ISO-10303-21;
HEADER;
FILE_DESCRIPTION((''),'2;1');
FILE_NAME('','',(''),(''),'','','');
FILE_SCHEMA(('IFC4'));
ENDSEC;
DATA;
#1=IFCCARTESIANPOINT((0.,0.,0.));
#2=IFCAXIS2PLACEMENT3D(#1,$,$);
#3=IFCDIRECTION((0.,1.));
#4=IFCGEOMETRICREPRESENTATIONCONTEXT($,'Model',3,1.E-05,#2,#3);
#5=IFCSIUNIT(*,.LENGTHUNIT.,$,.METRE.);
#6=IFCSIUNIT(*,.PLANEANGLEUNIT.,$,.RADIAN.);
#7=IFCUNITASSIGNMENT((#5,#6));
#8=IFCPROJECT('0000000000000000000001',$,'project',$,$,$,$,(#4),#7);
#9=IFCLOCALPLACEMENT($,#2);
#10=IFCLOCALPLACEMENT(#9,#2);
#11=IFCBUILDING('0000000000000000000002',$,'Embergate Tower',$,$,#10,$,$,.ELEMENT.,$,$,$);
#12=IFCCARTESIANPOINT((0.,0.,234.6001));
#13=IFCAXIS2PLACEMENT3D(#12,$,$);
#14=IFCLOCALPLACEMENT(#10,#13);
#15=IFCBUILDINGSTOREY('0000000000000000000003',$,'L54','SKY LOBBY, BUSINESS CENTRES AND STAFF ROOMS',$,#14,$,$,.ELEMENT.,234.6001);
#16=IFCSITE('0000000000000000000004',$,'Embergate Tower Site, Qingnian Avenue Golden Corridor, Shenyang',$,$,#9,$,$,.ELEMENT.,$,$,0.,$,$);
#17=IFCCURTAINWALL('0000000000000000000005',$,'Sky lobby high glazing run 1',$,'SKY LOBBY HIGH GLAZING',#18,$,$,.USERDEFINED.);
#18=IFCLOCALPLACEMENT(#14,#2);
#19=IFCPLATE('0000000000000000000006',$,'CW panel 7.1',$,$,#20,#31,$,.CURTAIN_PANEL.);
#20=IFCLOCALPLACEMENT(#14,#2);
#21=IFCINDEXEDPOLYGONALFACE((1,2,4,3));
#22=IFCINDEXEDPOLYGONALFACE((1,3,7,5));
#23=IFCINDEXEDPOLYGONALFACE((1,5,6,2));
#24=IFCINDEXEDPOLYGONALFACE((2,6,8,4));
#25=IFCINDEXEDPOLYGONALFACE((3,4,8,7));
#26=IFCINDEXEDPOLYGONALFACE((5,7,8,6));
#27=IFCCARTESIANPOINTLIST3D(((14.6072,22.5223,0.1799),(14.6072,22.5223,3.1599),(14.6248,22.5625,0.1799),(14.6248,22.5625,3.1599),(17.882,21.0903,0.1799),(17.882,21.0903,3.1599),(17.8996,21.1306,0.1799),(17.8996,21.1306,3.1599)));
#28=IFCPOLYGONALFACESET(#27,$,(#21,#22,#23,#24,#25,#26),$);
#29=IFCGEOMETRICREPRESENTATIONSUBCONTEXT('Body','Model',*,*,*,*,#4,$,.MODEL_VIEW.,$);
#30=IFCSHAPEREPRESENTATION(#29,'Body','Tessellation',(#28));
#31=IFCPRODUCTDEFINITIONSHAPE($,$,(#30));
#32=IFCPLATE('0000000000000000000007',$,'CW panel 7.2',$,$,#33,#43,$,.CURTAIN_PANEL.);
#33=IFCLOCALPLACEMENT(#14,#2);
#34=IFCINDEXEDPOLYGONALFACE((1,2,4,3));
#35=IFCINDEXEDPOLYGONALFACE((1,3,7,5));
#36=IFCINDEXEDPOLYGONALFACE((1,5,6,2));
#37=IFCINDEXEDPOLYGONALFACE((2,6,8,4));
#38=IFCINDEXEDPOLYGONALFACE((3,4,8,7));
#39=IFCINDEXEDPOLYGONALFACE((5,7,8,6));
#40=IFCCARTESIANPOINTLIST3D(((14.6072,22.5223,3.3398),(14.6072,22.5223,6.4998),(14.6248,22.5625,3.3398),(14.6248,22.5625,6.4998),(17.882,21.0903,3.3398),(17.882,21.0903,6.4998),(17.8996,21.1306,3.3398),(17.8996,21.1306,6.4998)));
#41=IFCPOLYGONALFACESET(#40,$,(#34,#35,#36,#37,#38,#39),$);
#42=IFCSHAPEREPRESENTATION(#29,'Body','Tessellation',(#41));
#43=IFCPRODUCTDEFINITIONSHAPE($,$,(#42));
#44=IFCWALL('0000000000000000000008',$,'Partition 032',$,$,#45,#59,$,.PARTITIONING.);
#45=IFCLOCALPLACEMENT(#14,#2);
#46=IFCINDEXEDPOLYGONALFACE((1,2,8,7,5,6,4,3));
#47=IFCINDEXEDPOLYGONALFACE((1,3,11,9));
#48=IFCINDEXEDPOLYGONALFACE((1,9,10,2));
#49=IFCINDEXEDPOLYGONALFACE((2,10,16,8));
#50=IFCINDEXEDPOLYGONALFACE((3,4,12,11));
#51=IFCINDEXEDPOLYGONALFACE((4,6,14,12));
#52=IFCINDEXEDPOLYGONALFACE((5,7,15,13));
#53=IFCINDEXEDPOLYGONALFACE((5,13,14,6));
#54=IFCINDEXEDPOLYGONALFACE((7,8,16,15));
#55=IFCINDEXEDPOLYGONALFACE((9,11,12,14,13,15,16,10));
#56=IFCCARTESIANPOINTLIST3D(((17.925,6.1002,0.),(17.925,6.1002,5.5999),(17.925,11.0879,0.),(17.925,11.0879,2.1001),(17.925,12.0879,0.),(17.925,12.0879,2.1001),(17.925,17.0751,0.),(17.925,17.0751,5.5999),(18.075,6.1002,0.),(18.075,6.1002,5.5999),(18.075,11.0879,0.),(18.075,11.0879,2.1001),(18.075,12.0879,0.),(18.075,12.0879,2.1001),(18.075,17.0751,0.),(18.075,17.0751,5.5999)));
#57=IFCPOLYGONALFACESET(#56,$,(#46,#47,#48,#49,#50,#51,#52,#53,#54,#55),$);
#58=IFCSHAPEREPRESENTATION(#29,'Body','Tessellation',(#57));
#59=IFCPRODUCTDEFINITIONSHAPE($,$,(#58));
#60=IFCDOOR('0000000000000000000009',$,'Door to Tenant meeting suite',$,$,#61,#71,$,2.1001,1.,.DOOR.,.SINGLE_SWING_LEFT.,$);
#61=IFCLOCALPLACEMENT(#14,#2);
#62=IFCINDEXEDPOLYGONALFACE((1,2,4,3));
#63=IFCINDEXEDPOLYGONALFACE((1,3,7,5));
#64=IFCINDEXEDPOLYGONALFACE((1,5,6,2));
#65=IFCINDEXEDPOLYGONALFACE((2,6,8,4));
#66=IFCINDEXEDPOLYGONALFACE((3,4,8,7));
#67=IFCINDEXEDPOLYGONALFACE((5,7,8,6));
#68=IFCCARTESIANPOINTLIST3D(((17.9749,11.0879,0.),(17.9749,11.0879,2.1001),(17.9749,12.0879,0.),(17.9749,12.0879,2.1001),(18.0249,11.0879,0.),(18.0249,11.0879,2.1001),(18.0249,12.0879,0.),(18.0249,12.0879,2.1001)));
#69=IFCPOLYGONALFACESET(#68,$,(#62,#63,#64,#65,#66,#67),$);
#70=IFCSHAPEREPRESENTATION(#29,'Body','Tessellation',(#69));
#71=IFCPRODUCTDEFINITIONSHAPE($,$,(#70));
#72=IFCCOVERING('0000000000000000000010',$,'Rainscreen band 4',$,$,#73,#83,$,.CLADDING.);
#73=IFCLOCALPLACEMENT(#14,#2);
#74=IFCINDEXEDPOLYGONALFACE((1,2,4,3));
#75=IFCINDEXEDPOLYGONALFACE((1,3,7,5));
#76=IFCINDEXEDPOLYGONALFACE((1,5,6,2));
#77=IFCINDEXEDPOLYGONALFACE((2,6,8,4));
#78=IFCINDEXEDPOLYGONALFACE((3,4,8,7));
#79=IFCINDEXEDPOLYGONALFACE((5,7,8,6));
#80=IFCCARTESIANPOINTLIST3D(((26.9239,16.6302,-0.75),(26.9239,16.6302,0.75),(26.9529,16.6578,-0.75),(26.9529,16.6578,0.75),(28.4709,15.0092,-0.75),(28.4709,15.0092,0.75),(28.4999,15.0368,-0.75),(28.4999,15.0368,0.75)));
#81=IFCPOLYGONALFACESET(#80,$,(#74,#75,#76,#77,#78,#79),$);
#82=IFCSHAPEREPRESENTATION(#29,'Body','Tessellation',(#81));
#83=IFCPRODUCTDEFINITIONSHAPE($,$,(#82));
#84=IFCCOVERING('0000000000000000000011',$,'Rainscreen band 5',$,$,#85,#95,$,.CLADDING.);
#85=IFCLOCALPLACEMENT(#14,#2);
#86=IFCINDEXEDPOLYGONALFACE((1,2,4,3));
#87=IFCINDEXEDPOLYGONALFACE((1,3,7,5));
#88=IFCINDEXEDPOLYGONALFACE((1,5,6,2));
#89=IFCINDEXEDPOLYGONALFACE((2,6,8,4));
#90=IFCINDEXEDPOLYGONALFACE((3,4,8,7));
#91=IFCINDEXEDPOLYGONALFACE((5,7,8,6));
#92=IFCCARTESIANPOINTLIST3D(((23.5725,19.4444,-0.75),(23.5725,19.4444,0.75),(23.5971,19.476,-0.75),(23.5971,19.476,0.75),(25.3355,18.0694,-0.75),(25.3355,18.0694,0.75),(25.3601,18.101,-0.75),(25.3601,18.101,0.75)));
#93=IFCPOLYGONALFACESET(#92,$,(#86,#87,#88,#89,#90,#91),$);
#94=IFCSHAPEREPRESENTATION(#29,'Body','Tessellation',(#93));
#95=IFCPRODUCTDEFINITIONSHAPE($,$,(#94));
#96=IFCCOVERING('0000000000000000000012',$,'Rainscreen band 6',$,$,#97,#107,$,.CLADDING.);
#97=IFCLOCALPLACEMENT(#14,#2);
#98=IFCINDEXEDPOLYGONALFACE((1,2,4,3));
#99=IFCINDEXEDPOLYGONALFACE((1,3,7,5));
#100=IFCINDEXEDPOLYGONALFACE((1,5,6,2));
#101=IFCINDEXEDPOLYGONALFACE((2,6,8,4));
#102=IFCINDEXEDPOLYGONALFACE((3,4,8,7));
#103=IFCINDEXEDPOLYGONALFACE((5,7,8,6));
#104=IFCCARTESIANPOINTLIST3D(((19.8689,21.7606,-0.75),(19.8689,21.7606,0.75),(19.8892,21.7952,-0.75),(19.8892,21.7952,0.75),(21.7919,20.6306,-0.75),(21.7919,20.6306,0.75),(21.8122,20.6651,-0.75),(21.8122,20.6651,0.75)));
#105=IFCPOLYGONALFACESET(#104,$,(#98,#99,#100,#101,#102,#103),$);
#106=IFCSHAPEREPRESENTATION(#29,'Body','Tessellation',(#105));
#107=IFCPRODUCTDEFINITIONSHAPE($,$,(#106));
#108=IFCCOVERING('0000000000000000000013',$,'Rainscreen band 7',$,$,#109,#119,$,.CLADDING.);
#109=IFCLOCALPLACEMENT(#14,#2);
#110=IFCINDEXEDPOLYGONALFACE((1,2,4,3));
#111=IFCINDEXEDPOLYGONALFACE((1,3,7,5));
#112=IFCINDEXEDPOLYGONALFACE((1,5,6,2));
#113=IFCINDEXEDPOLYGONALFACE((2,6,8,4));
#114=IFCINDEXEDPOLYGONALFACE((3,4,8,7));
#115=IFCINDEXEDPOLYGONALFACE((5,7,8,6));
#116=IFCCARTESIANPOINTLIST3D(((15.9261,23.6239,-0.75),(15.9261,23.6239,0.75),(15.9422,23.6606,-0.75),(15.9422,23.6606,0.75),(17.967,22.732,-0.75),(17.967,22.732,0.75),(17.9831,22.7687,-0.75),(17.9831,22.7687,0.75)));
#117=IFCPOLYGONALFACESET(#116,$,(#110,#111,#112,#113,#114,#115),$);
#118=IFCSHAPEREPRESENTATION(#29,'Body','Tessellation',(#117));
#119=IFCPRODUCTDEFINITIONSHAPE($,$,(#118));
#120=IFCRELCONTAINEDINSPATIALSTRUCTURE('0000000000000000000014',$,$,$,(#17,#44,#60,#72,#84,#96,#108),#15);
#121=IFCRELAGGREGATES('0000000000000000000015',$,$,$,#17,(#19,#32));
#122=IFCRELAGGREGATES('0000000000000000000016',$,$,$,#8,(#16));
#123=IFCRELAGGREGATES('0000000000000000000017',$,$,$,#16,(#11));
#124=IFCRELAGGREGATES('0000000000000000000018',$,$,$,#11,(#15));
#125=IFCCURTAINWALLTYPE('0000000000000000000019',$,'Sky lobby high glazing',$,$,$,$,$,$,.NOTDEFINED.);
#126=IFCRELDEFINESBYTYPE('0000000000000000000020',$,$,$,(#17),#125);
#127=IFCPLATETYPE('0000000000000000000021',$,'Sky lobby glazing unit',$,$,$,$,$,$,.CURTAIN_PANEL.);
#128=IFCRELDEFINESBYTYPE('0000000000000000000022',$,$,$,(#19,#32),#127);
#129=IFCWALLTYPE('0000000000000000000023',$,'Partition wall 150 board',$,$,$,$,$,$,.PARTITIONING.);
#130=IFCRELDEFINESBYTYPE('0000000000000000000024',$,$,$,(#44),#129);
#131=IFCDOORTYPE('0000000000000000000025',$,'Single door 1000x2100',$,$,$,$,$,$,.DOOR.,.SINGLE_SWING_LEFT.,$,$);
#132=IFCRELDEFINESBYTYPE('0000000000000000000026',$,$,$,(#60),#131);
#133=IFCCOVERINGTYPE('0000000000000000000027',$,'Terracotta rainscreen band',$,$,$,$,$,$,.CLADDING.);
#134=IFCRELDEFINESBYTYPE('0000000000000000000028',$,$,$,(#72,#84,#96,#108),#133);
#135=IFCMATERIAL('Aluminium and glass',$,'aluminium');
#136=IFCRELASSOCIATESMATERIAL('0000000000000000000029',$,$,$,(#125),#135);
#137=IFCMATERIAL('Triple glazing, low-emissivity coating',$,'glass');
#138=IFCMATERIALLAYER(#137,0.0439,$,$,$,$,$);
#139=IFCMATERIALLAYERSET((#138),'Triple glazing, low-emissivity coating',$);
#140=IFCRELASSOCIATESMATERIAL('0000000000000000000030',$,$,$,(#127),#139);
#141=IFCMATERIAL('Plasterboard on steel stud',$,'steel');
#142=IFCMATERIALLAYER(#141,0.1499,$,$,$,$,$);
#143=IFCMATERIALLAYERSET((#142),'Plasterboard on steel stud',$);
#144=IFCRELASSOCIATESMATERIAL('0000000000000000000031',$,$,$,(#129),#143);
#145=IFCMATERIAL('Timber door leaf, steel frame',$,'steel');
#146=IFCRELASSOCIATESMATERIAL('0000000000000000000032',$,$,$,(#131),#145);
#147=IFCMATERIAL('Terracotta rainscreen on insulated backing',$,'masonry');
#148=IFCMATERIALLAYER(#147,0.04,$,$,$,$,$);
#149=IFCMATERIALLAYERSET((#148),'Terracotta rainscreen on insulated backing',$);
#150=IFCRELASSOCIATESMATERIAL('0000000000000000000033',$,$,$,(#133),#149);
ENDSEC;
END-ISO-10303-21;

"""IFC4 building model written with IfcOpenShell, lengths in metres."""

from ifc_helpers import new_model, si_unit, direction, frame, frame_2d, origin, origin_2d, place, context, subcontext, project, spatial, rectangle, extrude, source, transform, mapped, material, layer, layer_set, type_object, element, fill, aggregate, save


model = new_model("IFC4")

# Units and contexts
model_context = context("Model", 3, precision=1e-05, world=origin(), true_north=direction((0.0, 1.0)))
body_context = subcontext(model_context, "Body", "Model", "MODEL_VIEW")
ifc_project = project(units=[si_unit("LENGTHUNIT", "METRE"), si_unit("PLANEANGLEUNIT", "RADIAN")], contexts=[model_context])

# Site, building, storey
site_placement = place(None, origin())
site = spatial("IfcSite", under=ifc_project, at=site_placement, Name="Embergate Tower Site, Qingnian Avenue Golden Corridor, Shenyang", CompositionType="ELEMENT", RefElevation=0.0)
building_placement = place(site_placement, origin())
building = spatial("IfcBuilding", under=site, at=building_placement, Name="Embergate Tower", CompositionType="ELEMENT")
storey_placement = place(building_placement, frame((0.0, 0.0, 234.6001)))
storey = spatial("IfcBuildingStorey", under=building, at=storey_placement, Name="L54", Description="SKY LOBBY, BUSINESS CENTRES AND STAFF ROOMS", CompositionType="ELEMENT", Elevation=234.6001)

# Curtain wall, plates
ifc_material_1 = material(Name="Aluminium and glass", Category="aluminium")
curtain_wall_type = type_object("IfcCurtainWallType", Name="Sky lobby high glazing", PredefinedType="NOTDEFINED", material=ifc_material_1)
curtain_wall_placement = place(storey_placement, origin())
curtain_wall = element("IfcCurtainWall", 1, at=curtain_wall_placement, inside=storey, type_object=curtain_wall_type, Name="Sky lobby high glazing run 1", ObjectType="SKY LOBBY HIGH GLAZING", PredefinedType="USERDEFINED")
ifc_material_2 = material(Name="Triple glazing, low-emissivity coating", Category="glass")
ifc_layer_1 = layer(ifc_material_2, 0.0439)
ifc_layer_set_1 = layer_set([ifc_layer_1], Name="Triple glazing, low-emissivity coating")
plate_type = type_object("IfcPlateType", Name="Sky lobby glazing unit", PredefinedType="CURTAIN_PANEL", material=ifc_layer_set_1)
shared_shape_1 = source(origin(), body_context, "Body", "SweptSolid", [
    extrude(rectangle(XDim=3.5742, YDim=0.0439, at=origin_2d()), origin(), (0.0, 0.0, 1.0), 2.98),
])
plate_1_placement = place(storey_placement, frame((16.2534, 21.8264, 0.1799), z_axis=(0.0, 0.0, 1.0), x_axis=(-0.916236, 0.400638, 0.0)))
plate_1 = element("IfcPlate", 2, at=plate_1_placement, type_object=plate_type, Name="CW panel 7.1", PredefinedType="CURTAIN_PANEL", context=body_context, shape_type="MappedRepresentation", body=[
    mapped(shared_shape_1, transform((0.0, 0.0, 0.0))),
])
shared_shape_2 = source(origin(), body_context, "Body", "SweptSolid", [
    extrude(rectangle(XDim=3.5742, YDim=0.0439, at=origin_2d()), origin(), (0.0, 0.0, 1.0), 3.1599),
])
plate_2_placement = place(storey_placement, frame((16.2534, 21.8264, 3.3398), z_axis=(0.0, 0.0, 1.0), x_axis=(-0.916236, 0.400638, 0.0)))
plate_2 = element("IfcPlate", 3, at=plate_2_placement, type_object=plate_type, Name="CW panel 7.2", PredefinedType="CURTAIN_PANEL", context=body_context, shape_type="MappedRepresentation", body=[
    mapped(shared_shape_2, transform((0.0, 0.0, 0.0))),
])
aggregate(curtain_wall, [plate_1, plate_2])

# Wall, opening, door
ifc_material_3 = material(Name="Plasterboard on steel stud", Category="steel")
ifc_layer_2 = layer(ifc_material_3, 0.1499)
ifc_layer_set_2 = layer_set([ifc_layer_2], Name="Plasterboard on steel stud")
wall_type = type_object("IfcWallType", Name="Partition wall 150 board", PredefinedType="PARTITIONING", material=ifc_layer_set_2)
shared_shape_3 = source(origin(), body_context, "Body", "SweptSolid", [
    extrude(rectangle(XDim=10.9749, YDim=0.1499, at=frame_2d((5.4873, 0.0))), origin(), (0.0, 0.0, 1.0), 5.5999),
])
wall_placement = place(storey_placement, frame((18.0, 17.075, 0.0), z_axis=(0.0, 0.0, 1.0), x_axis=(0.0, -1.0, 0.0)))
wall = element("IfcWall", 4, at=wall_placement, inside=storey, type_object=wall_type, Name="Partition 032", PredefinedType="PARTITIONING", context=body_context, shape_type="MappedRepresentation", body=[
    mapped(shared_shape_3, transform((0.0, 0.0, 0.0))),
])
shared_shape_4 = source(origin(), body_context, "Body", "SweptSolid", [
    extrude(rectangle(XDim=1.0, YDim=2.1001, at=frame_2d((0.5, 1.05))), frame((0.0, 0.085, 0.0), z_axis=(0.0, -1.0, 0.0), x_axis=(1.0, 0.0, 0.0)), (0.0, 0.0, 1.0), 0.1699),
])
opening_placement = place(wall_placement, frame((4.9871, 0.0, 0.0)))
opening = element("IfcOpeningElement", 5, at=opening_placement, cuts=wall, PredefinedType="OPENING", context=body_context, shape_type="MappedRepresentation", body=[
    mapped(shared_shape_4, transform((0.0, 0.0, 0.0))),
])
ifc_material_4 = material(Name="Timber door leaf, steel frame", Category="steel")
door_type = type_object("IfcDoorType", Name="Single door 1000x2100", OperationType="SINGLE_SWING_LEFT", PredefinedType="DOOR", material=ifc_material_4)
shared_shape_5 = source(origin(), body_context, "Body", "SweptSolid", [
    extrude(rectangle(XDim=1.0, YDim=2.1001, at=frame_2d((0.5, 1.05))), frame((0.0, 0.0249, 0.0), z_axis=(0.0, -1.0, 0.0), x_axis=(1.0, 0.0, 0.0)), (0.0, 0.0, 1.0), 0.05),
])
door_placement = place(opening_placement, origin())
door = element("IfcDoor", 6, at=door_placement, inside=storey, type_object=door_type, Name="Door to Tenant meeting suite", OperationType="SINGLE_SWING_LEFT", OverallHeight=2.1001, OverallWidth=1.0, PredefinedType="DOOR", context=body_context, shape_type="MappedRepresentation", body=[
    mapped(shared_shape_5, transform((0.0, 0.0, 0.0))),
])
fill(opening, door)

# Coverings
ifc_material_5 = material(Name="Terracotta rainscreen on insulated backing", Category="masonry")
ifc_layer_3 = layer(ifc_material_5, 0.04)
ifc_layer_set_3 = layer_set([ifc_layer_3], Name="Terracotta rainscreen on insulated backing")
covering_type = type_object("IfcCoveringType", Name="Terracotta rainscreen band", PredefinedType="CLADDING", material=ifc_layer_set_3)
shared_shape_6 = source(origin(), body_context, "Body", "SweptSolid", [
    extrude(rectangle(XDim=2.2407, YDim=0.04, at=origin_2d()), origin(), (0.0, 0.0, 1.0), 1.5),
])
covering_1_placement = place(storey_placement, frame((27.7119, 15.8335, -0.75), z_axis=(0.0, 0.0, 1.0), x_axis=(-0.690402, 0.723426, 0.0)))
element("IfcCovering", 7, at=covering_1_placement, inside=storey, type_object=covering_type, Name="Rainscreen band 4", PredefinedType="CLADDING", context=body_context, shape_type="MappedRepresentation", body=[
    mapped(shared_shape_6, transform((0.0, 0.0, 0.0))),
])
shared_shape_7 = source(origin(), body_context, "Body", "SweptSolid", [
    extrude(rectangle(XDim=2.2358, YDim=0.04, at=origin_2d()), origin(), (0.0, 0.0, 1.0), 1.5),
])
covering_2_placement = place(storey_placement, frame((24.4663, 18.7727, -0.75), z_axis=(0.0, 0.0, 1.0), x_axis=(-0.788533, 0.614993, 0.0)))
element("IfcCovering", 8, at=covering_2_placement, inside=storey, type_object=covering_type, Name="Rainscreen band 5", PredefinedType="CLADDING", context=body_context, shape_type="MappedRepresentation", body=[
    mapped(shared_shape_7, transform((0.0, 0.0, 0.0))),
])
shared_shape_8 = source(origin(), body_context, "Body", "SweptSolid", [
    extrude(rectangle(XDim=2.2305, YDim=0.04, at=origin_2d()), origin(), (0.0, 0.0, 1.0), 1.5),
])
covering_3_placement = place(storey_placement, frame((20.8406, 21.2129, -0.75), z_axis=(0.0, 0.0, 1.0), x_axis=(-0.862165, 0.506628, 0.0)))
element("IfcCovering", 9, at=covering_3_placement, inside=storey, type_object=covering_type, Name="Rainscreen band 6", PredefinedType="CLADDING", context=body_context, shape_type="MappedRepresentation", body=[
    mapped(shared_shape_8, transform((0.0, 0.0, 0.0))),
])
shared_shape_9 = source(origin(), body_context, "Body", "SweptSolid", [
    extrude(rectangle(XDim=2.2273, YDim=0.04, at=origin_2d()), origin(), (0.0, 0.0, 1.0), 1.5),
])
covering_4_placement = place(storey_placement, frame((16.9546, 23.1963, -0.75), z_axis=(0.0, 0.0, 1.0), x_axis=(-0.916312, 0.400466, 0.0)))
element("IfcCovering", 10, at=covering_4_placement, inside=storey, type_object=covering_type, Name="Rainscreen band 7", PredefinedType="CLADDING", context=body_context, shape_type="MappedRepresentation", body=[
    mapped(shared_shape_9, transform((0.0, 0.0, 0.0))),
])

save(model, "model.ifc")
